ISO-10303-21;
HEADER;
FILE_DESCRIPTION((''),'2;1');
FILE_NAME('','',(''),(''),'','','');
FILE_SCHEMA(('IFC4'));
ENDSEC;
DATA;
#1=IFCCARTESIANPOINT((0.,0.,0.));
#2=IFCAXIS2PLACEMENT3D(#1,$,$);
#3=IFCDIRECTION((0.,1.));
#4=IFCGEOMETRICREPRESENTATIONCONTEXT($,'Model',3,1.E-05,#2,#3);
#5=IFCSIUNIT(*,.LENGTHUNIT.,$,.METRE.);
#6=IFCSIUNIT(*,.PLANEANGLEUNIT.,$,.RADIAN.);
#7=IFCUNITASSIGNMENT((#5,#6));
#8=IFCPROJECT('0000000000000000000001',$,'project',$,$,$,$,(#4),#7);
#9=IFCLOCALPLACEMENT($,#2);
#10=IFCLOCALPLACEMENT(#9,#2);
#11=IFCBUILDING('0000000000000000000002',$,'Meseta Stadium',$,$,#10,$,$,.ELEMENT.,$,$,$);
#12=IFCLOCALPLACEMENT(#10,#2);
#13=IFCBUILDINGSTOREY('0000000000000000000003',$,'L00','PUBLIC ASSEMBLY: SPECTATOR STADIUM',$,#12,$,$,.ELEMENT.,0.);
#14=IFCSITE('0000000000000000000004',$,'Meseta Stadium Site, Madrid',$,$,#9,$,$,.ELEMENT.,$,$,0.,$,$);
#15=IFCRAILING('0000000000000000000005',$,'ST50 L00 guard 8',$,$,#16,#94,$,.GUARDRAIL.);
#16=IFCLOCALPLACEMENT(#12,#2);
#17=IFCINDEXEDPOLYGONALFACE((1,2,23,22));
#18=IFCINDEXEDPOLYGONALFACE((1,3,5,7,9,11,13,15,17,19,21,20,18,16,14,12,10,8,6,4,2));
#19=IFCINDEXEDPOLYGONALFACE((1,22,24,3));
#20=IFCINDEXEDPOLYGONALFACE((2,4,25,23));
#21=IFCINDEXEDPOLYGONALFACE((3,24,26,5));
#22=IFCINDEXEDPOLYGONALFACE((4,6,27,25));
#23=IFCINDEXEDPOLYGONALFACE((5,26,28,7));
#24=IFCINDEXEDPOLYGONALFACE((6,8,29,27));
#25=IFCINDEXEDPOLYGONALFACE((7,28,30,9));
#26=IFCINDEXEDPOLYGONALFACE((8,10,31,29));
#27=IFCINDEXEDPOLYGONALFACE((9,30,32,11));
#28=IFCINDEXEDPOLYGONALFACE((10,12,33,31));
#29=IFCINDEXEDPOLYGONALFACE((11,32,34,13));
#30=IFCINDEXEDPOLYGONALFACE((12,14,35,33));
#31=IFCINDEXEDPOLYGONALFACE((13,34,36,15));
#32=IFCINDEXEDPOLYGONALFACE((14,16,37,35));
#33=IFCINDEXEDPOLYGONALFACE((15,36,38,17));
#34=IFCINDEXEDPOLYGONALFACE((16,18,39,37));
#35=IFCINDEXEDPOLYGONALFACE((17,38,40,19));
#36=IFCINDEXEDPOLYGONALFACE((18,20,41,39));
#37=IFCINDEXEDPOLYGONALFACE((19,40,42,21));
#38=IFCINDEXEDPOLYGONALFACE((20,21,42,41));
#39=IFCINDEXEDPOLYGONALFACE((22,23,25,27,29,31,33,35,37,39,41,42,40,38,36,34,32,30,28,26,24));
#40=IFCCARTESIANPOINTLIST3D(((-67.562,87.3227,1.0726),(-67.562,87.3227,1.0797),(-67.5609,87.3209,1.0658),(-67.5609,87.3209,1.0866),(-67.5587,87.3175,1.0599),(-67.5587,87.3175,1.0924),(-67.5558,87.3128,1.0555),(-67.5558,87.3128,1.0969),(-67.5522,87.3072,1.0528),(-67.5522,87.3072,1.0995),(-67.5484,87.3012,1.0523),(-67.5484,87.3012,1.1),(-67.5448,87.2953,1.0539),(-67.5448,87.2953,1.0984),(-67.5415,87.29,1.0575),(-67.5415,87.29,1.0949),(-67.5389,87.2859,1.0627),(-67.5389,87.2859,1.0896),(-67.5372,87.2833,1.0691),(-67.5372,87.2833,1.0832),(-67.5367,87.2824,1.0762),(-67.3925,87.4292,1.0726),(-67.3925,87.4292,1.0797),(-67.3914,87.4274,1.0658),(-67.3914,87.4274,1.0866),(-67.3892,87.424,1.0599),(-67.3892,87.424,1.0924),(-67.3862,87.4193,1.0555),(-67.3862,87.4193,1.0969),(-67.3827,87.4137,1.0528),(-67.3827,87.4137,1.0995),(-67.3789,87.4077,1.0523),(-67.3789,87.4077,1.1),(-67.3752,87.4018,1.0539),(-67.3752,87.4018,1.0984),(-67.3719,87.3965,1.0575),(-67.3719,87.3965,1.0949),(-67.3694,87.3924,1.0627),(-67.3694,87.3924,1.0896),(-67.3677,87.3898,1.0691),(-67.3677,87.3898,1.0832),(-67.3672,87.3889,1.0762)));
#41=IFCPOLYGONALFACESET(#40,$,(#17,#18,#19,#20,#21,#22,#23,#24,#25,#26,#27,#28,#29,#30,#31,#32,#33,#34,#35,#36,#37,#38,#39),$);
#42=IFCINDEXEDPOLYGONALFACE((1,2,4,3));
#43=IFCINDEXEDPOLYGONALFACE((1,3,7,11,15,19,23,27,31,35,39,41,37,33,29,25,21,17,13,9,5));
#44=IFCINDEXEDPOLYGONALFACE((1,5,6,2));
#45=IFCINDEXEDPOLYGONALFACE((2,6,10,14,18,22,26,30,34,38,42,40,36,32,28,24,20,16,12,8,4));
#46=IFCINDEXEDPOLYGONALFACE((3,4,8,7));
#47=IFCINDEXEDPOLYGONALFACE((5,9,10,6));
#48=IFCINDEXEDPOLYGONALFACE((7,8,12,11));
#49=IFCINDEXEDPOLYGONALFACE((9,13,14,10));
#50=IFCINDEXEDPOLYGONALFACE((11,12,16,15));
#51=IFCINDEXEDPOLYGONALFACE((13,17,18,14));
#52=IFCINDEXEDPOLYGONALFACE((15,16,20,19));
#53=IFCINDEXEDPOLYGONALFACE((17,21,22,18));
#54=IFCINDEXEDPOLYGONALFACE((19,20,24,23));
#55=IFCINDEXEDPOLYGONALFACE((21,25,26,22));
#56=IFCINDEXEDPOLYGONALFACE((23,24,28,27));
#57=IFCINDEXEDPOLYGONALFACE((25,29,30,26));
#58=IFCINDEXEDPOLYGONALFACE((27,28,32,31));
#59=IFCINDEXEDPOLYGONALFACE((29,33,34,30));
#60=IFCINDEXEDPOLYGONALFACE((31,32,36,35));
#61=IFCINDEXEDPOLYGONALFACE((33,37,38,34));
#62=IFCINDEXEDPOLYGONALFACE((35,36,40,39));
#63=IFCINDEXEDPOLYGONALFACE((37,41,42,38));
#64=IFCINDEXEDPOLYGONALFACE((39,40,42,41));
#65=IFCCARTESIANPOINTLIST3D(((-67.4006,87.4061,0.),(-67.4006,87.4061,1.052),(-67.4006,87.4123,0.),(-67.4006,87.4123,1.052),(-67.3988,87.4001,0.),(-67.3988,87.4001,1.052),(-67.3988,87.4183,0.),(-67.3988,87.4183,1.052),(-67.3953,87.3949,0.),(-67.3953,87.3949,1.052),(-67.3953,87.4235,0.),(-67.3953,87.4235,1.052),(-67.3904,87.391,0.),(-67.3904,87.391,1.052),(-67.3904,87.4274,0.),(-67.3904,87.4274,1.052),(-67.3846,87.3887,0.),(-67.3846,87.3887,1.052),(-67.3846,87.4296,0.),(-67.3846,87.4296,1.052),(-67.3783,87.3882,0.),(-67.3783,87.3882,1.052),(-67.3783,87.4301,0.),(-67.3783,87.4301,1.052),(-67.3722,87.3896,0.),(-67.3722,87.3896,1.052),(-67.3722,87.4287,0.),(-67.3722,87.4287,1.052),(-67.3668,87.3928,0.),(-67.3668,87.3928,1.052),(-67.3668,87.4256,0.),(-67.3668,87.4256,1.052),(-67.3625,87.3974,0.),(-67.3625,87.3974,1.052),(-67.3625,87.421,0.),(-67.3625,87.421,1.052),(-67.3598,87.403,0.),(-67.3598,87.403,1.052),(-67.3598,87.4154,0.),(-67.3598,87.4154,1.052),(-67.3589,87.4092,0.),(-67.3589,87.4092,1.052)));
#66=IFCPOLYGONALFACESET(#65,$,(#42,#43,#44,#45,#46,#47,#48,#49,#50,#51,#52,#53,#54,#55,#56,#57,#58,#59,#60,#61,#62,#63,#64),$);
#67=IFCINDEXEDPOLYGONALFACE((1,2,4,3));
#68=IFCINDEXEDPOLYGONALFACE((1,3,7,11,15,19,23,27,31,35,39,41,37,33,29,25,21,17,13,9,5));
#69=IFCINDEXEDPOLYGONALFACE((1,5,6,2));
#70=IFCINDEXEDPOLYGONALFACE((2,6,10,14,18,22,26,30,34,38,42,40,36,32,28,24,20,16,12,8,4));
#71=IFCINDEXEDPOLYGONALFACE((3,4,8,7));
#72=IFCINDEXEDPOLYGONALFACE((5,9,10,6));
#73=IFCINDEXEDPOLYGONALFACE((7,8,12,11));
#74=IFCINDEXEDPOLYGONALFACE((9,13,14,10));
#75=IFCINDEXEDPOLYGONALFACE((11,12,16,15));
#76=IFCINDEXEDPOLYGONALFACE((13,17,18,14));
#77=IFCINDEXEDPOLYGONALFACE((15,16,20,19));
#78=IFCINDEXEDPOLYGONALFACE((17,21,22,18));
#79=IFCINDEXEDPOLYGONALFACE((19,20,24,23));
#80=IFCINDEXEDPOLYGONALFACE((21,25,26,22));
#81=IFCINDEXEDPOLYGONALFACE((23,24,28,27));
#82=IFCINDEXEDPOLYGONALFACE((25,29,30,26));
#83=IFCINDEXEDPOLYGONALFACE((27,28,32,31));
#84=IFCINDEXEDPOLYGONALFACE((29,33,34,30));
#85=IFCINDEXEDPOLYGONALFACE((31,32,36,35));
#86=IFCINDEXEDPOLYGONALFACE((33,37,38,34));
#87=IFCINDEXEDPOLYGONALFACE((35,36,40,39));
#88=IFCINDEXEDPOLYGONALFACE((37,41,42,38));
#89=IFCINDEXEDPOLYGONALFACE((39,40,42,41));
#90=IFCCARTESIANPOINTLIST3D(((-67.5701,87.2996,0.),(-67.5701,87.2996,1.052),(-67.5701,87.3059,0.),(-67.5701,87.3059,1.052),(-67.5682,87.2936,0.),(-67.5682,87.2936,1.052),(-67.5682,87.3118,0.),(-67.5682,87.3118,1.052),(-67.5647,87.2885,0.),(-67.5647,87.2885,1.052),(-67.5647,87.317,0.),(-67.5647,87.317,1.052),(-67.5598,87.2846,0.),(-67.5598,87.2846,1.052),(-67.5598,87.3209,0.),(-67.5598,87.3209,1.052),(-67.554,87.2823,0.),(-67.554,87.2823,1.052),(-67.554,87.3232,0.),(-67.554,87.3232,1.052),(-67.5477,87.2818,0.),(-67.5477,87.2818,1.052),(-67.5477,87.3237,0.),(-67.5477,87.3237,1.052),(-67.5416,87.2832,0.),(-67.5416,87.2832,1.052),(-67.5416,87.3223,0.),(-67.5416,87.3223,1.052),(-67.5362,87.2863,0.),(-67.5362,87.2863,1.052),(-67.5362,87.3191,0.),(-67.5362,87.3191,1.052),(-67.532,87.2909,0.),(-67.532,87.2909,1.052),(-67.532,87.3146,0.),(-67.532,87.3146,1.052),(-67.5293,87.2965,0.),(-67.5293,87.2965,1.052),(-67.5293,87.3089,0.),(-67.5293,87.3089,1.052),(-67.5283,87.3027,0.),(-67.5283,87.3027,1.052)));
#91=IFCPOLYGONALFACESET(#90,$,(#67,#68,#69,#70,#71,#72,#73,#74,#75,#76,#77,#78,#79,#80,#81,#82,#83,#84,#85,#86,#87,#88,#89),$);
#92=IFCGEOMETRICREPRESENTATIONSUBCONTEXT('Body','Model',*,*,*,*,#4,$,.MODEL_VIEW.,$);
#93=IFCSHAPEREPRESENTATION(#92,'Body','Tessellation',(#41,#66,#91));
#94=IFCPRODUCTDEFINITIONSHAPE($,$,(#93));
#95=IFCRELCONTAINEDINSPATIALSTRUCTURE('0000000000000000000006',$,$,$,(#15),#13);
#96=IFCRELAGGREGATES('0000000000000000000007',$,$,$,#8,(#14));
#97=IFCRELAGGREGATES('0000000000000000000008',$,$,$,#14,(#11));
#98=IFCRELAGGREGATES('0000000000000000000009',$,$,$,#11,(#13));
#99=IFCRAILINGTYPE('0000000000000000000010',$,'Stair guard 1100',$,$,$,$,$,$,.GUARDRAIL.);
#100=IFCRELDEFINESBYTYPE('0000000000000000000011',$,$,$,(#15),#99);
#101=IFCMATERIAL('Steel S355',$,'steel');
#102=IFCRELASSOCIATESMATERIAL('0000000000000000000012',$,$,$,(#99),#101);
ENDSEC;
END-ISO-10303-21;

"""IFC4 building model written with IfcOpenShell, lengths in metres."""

from ifc_helpers import new_model, si_unit, direction, frame, origin, origin_2d, place, context, subcontext, project, spatial, circle, extrude, material, type_object, element, save


model = new_model("IFC4")

# Units and contexts
model_context = context("Model", 3, precision=1e-05, world=origin(), true_north=direction((0.0, 1.0)))
body_context = subcontext(model_context, "Body", "Model", "MODEL_VIEW")
ifc_project = project(units=[si_unit("LENGTHUNIT", "METRE"), si_unit("PLANEANGLEUNIT", "RADIAN")], contexts=[model_context])

# Site, building, storey
site_placement = place(None, origin())
site = spatial("IfcSite", under=ifc_project, at=site_placement, Name="Meseta Stadium Site, Madrid", CompositionType="ELEMENT", RefElevation=0.0)
building_placement = place(site_placement, origin())
building = spatial("IfcBuilding", under=site, at=building_placement, Name="Meseta Stadium", CompositionType="ELEMENT")
storey_placement = place(building_placement, origin())
storey = spatial("IfcBuildingStorey", under=building, at=storey_placement, Name="L00", Description="PUBLIC ASSEMBLY: SPECTATOR STADIUM", CompositionType="ELEMENT", Elevation=0.0)

# Railing
ifc_material_1 = material(Name="Steel S355", Category="steel")
railing_type_1 = type_object("IfcRailingType", Name="Stair guard 1100", PredefinedType="GUARDRAIL", material=ifc_material_1)
railing_1_placement = place(storey_placement, frame((-67.3799, 87.4092, 0.0)))
element("IfcRailing", 1, at=railing_1_placement, inside=storey, type_object=railing_type_1, Name="ST50 L00 guard 8", PredefinedType="GUARDRAIL", context=body_context, shape_type="SweptSolid", body=[
    extrude(circle(Radius=0.0239, at=origin_2d()), frame((0.0, 0.0, 1.0762), z_axis=(-0.846762, -0.531972, 0.0), x_axis=(0.531972, -0.846762, 0.0)), (0.0, 0.0, 1.0), 0.2002),
    extrude(circle(Radius=0.021, at=origin_2d()), origin(), (0.0, 0.0, 1.0), 1.052),
    extrude(circle(Radius=0.021, at=origin_2d()), frame((-0.1694, -0.1064, 0.0)), (0.0, 0.0, 1.0), 1.052),
])

save(model, "model.ifc")
